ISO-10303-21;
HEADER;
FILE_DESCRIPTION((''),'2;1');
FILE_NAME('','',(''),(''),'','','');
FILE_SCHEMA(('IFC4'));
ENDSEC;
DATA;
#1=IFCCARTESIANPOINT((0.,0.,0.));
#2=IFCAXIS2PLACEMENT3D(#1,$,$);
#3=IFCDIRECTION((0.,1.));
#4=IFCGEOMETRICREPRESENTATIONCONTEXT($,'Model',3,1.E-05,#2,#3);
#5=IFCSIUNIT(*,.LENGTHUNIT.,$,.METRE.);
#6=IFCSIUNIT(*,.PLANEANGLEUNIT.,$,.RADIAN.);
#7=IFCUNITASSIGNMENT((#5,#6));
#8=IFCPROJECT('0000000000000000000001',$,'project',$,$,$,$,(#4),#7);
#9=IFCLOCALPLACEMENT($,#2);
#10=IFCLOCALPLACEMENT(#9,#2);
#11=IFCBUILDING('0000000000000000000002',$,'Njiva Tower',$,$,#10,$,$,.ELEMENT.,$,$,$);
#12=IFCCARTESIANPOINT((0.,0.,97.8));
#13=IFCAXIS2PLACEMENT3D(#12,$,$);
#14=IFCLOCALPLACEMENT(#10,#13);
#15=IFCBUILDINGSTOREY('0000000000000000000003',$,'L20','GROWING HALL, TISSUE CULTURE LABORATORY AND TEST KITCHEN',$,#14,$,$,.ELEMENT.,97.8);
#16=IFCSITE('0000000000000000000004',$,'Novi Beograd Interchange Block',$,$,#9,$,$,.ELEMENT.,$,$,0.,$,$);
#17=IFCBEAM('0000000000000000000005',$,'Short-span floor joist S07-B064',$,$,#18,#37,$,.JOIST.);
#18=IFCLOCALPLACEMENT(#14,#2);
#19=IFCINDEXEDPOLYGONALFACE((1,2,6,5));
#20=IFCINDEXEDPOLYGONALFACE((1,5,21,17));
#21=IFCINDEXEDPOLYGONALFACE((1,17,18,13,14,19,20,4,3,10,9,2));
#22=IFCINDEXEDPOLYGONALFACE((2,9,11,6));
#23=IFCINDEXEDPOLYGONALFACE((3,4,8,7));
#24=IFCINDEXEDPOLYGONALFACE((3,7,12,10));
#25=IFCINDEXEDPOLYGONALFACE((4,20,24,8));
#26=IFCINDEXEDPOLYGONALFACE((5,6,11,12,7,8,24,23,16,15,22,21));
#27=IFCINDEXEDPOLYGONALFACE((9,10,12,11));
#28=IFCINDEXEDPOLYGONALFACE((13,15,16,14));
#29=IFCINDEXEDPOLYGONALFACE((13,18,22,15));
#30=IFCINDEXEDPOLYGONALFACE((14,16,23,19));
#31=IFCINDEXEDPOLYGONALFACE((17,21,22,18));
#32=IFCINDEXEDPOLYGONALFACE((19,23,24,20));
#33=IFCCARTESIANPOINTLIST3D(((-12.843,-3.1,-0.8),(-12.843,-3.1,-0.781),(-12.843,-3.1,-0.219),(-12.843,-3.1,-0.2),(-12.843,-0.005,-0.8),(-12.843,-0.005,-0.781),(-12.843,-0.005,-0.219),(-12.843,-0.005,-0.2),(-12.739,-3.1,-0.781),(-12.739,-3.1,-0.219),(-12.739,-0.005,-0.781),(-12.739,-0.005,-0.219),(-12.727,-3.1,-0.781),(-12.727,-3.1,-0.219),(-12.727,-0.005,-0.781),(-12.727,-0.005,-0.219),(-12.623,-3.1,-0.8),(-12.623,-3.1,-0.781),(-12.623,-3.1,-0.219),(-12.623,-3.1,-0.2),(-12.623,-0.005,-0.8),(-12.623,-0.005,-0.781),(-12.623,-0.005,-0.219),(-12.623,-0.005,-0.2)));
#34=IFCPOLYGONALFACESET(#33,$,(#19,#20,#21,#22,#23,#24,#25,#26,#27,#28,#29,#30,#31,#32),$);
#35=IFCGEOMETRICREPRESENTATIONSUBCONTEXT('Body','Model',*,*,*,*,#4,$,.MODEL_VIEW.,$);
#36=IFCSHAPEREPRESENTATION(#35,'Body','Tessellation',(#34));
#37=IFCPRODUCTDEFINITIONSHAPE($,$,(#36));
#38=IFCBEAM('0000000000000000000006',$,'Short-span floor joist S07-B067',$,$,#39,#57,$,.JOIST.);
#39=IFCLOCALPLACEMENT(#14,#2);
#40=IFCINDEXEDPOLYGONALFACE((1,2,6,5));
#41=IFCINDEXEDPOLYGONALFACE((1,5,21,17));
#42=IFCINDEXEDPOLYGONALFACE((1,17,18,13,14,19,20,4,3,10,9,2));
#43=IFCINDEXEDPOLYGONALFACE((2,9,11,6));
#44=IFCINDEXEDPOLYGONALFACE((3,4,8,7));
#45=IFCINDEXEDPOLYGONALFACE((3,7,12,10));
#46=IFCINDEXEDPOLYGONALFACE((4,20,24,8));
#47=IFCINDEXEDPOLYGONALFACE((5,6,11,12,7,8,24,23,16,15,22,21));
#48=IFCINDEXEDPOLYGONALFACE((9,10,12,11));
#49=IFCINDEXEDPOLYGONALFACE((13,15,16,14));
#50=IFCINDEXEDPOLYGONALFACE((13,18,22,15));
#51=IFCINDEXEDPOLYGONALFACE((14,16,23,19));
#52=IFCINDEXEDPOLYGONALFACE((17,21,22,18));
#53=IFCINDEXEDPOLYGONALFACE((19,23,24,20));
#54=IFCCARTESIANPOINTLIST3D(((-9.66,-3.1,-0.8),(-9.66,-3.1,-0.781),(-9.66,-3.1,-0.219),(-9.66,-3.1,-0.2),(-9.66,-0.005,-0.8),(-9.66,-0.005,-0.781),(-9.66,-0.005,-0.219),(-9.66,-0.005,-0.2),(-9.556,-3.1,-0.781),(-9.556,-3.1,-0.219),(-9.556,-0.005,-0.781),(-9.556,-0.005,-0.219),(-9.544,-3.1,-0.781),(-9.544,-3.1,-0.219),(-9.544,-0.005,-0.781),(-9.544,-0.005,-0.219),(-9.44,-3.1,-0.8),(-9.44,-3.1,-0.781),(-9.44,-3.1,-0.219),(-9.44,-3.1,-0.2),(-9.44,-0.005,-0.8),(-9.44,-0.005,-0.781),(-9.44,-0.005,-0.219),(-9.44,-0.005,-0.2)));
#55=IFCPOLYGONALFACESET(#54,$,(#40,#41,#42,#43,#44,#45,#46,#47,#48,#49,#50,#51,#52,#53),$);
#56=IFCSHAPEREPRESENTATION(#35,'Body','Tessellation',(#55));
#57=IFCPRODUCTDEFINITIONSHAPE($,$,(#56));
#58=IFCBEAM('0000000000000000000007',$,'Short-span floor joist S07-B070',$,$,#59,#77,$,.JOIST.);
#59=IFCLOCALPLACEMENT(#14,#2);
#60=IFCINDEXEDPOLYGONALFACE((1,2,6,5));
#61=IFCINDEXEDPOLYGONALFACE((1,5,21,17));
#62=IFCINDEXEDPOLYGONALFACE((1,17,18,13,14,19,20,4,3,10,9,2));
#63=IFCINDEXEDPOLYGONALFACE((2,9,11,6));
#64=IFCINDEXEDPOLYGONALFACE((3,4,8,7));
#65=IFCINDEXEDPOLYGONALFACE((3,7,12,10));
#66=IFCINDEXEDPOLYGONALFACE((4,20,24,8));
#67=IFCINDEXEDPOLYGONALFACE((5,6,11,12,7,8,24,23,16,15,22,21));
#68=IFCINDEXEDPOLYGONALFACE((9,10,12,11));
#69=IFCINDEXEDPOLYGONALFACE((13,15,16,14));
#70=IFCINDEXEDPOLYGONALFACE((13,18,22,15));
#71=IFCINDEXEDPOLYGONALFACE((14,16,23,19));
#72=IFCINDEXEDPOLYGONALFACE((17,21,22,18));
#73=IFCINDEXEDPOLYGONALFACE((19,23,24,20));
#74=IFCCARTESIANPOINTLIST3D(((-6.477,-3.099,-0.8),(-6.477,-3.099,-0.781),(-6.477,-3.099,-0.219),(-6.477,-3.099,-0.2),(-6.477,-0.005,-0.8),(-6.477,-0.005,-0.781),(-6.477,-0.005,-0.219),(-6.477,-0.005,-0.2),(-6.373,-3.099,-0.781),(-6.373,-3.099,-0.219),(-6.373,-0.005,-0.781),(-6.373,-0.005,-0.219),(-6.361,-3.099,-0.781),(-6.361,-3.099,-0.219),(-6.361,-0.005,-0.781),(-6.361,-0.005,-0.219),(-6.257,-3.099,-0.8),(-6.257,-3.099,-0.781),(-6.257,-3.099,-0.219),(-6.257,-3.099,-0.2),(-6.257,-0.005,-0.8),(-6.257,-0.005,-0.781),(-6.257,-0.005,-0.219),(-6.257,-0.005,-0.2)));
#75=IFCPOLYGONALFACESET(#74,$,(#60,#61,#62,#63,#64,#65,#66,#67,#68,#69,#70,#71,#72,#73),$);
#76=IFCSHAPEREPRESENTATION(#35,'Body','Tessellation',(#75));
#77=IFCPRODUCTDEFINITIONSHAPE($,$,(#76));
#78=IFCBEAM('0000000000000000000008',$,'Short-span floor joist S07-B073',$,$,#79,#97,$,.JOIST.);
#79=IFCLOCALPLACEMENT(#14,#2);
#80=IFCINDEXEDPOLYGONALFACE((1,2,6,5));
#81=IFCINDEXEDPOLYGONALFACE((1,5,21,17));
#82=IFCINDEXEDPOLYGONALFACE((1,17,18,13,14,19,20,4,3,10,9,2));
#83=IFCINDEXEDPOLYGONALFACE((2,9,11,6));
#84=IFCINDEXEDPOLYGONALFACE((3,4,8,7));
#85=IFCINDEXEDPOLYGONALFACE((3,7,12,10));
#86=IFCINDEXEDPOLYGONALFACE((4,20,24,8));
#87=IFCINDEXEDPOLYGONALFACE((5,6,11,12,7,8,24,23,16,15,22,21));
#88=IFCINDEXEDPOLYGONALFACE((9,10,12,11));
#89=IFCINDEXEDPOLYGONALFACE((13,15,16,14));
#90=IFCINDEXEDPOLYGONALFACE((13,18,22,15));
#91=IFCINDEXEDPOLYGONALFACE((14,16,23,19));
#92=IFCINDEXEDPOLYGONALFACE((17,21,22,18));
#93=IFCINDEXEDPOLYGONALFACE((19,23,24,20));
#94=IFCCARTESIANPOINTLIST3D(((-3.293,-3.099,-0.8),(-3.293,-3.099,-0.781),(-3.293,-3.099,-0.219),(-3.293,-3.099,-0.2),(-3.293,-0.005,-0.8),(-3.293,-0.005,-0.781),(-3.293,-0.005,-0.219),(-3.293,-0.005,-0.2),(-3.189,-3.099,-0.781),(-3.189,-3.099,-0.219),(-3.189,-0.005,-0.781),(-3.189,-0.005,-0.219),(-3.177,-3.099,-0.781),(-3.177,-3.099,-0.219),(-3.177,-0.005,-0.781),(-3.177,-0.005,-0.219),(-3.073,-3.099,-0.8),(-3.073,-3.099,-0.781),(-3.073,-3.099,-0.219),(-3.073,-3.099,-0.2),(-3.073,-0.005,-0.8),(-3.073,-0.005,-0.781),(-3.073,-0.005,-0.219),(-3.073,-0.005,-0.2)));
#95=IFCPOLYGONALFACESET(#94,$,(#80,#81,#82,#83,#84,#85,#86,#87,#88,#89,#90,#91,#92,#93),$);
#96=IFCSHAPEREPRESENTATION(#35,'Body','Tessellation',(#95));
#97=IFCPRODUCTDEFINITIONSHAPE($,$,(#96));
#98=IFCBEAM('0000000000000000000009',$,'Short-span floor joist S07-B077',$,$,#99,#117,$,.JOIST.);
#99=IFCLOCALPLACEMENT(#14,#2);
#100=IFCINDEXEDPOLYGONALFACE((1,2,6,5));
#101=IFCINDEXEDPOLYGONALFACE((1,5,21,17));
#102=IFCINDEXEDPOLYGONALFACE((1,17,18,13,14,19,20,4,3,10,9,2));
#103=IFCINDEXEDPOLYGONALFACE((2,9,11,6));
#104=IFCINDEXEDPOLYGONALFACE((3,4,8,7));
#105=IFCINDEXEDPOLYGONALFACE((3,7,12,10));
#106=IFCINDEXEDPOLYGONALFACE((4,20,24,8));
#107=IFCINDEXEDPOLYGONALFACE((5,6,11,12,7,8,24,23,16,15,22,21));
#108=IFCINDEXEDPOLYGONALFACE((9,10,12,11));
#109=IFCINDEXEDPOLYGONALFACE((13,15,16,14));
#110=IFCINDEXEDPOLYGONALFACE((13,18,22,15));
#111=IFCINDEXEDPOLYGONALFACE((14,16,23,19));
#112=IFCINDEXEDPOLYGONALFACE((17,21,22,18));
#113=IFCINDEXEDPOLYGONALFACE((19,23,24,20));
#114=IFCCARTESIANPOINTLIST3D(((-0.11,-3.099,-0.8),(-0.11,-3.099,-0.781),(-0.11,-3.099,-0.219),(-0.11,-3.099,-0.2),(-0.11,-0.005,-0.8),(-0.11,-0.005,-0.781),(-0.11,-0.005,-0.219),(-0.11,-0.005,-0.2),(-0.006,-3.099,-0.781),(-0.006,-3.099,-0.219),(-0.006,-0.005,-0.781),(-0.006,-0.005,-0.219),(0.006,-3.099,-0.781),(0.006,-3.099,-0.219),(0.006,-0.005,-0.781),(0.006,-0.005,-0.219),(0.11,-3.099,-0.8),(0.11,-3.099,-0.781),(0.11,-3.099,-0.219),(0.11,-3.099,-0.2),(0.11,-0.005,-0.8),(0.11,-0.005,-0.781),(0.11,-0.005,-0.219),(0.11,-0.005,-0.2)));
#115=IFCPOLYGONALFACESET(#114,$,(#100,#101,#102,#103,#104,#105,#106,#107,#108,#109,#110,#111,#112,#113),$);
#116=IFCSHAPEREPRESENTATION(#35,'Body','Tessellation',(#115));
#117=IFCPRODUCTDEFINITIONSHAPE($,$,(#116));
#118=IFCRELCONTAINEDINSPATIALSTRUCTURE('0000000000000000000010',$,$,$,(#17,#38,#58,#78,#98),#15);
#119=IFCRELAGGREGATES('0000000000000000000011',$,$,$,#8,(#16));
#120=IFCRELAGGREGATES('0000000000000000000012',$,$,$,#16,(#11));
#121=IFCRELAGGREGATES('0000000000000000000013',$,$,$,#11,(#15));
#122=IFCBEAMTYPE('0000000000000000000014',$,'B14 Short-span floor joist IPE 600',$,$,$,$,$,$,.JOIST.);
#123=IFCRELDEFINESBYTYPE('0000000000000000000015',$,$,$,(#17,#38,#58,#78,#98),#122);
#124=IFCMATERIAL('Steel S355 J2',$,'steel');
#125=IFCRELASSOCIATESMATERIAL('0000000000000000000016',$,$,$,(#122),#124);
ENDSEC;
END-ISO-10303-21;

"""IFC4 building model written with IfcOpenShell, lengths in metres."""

from ifc_helpers import new_model, si_unit, direction, frame, origin, origin_2d, place, context, subcontext, project, spatial, i_section, extrude, material, material_profile, profile_set, type_object, element, save


model = new_model("IFC4")

# Units and contexts
model_context = context("Model", 3, precision=1e-05, world=origin(), true_north=direction((0.0, 1.0)))
body_context = subcontext(model_context, "Body", "Model", "MODEL_VIEW")
ifc_project = project(units=[si_unit("LENGTHUNIT", "METRE"), si_unit("PLANEANGLEUNIT", "RADIAN")], contexts=[model_context])

# Site, building, storey
site_placement = place(None, origin())
site = spatial("IfcSite", under=ifc_project, at=site_placement, Name="Novi Beograd Interchange Block", CompositionType="ELEMENT", RefElevation=0.0)
building_placement = place(site_placement, origin())
building = spatial("IfcBuilding", under=site, at=building_placement, Name="Njiva Tower", CompositionType="ELEMENT")
storey_placement = place(building_placement, frame((0.0, 0.0, 97.8)))
storey = spatial("IfcBuildingStorey", under=building, at=storey_placement, Name="L20", Description="GROWING HALL, TISSUE CULTURE LABORATORY AND TEST KITCHEN", CompositionType="ELEMENT", Elevation=97.8)

# Beams
ifc_material_1 = material(Name="Steel S355 J2", Category="steel")
ifc_material_profile = material_profile(ifc_material_1, i_section(OverallWidth=0.22, OverallDepth=0.6, WebThickness=0.012, FlangeThickness=0.019, at=origin_2d()), Name="IPE 600")
ifc_profile_set = profile_set([ifc_material_profile], Name="Steel S355 J2")
beam_type = type_object("IfcBeamType", Name="B14 Short-span floor joist IPE 600", PredefinedType="JOIST", material=ifc_profile_set)
for number, where, z_axis, x_axis, name in (
    (1, (-12.733, -0.005, -0.5), (0.0, -1.0, 0.0), (1.0, 0.0, 0.0), "Short-span floor joist S07-B064"),
    (2, (-9.55, -0.005, -0.5), (0.0, -1.0, 0.0), (1.0, 0.0, 0.0), "Short-span floor joist S07-B067"),
):
    element("IfcBeam", number, at=place(storey_placement, frame(where, z_axis=z_axis, x_axis=x_axis)), inside=storey, type_object=beam_type, Name=name, PredefinedType="JOIST", context=body_context, shape_type="SweptSolid", body=[
        extrude(i_section(OverallWidth=0.22, OverallDepth=0.6, WebThickness=0.012, FlangeThickness=0.019, at=origin_2d()), origin(), (0.0, 0.0, 1.0), 3.095),
    ])
for number, where, z_axis, x_axis, name in (
    (3, (-6.367, -0.005, -0.5), (0.0, -1.0, 0.0), (1.0, 0.0, 0.0), "Short-span floor joist S07-B070"),
    (4, (-3.183, -0.005, -0.5), (0.0, -1.0, 0.0), (1.0, 0.0, 0.0), "Short-span floor joist S07-B073"),
    (5, (0.0, -0.005, -0.5), (0.0, -1.0, 0.0), (1.0, 0.0, 0.0), "Short-span floor joist S07-B077"),
):
    element("IfcBeam", number, at=place(storey_placement, frame(where, z_axis=z_axis, x_axis=x_axis)), inside=storey, type_object=beam_type, Name=name, PredefinedType="JOIST", context=body_context, shape_type="SweptSolid", body=[
        extrude(i_section(OverallWidth=0.22, OverallDepth=0.6, WebThickness=0.012, FlangeThickness=0.019, at=origin_2d()), origin(), (0.0, 0.0, 1.0), 3.094),
    ])

save(model, "model.ifc")
